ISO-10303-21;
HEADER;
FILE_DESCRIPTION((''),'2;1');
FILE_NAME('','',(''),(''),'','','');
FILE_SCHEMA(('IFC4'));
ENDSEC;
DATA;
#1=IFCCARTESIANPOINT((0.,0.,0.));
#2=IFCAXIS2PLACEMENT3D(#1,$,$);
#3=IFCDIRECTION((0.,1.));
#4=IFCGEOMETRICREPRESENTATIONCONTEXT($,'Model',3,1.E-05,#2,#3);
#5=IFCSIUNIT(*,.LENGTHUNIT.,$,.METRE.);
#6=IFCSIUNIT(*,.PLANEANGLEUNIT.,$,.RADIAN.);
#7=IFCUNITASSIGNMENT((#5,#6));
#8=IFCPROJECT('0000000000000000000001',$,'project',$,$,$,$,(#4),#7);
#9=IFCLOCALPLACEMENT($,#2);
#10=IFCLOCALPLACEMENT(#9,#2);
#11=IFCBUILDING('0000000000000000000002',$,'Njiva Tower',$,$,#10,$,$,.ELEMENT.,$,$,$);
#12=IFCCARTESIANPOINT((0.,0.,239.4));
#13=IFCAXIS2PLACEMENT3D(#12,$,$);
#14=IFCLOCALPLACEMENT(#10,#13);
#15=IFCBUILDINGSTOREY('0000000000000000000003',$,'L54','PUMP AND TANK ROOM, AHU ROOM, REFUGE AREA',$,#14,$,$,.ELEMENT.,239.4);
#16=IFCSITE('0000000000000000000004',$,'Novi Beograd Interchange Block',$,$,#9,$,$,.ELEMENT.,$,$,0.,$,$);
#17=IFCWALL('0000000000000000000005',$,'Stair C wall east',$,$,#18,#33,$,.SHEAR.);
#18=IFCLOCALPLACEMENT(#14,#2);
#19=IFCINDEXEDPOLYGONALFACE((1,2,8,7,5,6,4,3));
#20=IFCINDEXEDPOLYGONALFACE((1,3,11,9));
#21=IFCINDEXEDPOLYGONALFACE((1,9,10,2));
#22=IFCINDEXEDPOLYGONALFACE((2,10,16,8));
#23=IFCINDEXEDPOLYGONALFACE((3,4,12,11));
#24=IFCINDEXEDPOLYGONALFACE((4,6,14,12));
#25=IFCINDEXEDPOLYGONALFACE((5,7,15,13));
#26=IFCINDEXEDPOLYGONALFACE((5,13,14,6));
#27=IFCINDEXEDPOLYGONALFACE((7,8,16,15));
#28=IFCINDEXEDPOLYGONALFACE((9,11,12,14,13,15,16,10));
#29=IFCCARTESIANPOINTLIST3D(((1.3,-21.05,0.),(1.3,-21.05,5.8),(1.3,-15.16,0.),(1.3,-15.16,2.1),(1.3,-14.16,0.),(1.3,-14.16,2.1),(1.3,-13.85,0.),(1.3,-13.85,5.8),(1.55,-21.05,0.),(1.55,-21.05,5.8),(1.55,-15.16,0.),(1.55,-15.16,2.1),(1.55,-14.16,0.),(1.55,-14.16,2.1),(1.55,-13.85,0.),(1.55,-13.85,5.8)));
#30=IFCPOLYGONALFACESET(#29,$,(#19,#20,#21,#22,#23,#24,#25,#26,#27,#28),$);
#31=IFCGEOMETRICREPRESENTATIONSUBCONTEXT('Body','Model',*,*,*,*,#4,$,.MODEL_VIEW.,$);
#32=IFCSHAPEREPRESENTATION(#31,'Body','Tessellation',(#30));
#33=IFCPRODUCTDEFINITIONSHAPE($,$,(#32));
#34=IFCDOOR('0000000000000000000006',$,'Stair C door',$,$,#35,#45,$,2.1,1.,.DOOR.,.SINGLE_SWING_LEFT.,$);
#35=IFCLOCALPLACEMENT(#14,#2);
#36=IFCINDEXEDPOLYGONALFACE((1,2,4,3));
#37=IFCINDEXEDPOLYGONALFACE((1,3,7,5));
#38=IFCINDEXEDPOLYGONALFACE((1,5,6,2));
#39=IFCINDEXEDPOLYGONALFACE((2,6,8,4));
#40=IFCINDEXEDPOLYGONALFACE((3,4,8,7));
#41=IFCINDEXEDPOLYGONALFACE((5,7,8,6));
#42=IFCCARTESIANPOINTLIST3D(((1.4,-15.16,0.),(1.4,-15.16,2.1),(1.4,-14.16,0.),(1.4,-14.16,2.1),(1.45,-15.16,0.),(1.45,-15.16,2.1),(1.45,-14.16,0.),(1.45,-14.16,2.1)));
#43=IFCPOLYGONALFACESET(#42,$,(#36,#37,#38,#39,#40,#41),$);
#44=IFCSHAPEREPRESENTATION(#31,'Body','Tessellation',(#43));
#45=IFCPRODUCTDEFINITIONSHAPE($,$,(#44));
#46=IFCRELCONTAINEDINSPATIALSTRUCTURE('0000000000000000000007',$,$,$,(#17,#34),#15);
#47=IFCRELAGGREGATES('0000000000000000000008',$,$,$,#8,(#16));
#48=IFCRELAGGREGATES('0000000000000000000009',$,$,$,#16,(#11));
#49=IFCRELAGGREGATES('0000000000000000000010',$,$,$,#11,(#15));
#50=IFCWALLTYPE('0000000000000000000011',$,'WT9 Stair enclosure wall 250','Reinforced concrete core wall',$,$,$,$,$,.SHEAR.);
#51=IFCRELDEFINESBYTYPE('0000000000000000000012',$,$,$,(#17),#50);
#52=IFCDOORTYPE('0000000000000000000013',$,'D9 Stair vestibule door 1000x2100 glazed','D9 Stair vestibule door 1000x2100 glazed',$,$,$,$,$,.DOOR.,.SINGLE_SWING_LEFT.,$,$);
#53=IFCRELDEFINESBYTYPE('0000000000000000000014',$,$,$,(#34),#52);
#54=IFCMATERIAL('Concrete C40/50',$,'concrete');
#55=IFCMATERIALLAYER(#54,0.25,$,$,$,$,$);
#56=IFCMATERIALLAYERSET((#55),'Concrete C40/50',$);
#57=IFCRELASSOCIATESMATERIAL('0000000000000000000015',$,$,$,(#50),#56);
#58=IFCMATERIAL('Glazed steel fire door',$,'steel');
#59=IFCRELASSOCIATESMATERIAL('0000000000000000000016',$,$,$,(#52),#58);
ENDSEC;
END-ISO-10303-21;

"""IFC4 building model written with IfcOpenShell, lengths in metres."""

from ifc_helpers import new_model, si_unit, direction, frame, frame_2d, origin, place, context, subcontext, project, spatial, rectangle, extrude, material, layer, layer_set, type_object, element, fill, save


model = new_model("IFC4")

# Units and contexts
model_context = context("Model", 3, precision=1e-05, world=origin(), true_north=direction((0.0, 1.0)))
body_context = subcontext(model_context, "Body", "Model", "MODEL_VIEW")
ifc_project = project(units=[si_unit("LENGTHUNIT", "METRE"), si_unit("PLANEANGLEUNIT", "RADIAN")], contexts=[model_context])

# Site, building, storey
site_placement = place(None, origin())
site = spatial("IfcSite", under=ifc_project, at=site_placement, Name="Novi Beograd Interchange Block", CompositionType="ELEMENT", RefElevation=0.0)
building_placement = place(site_placement, origin())
building = spatial("IfcBuilding", under=site, at=building_placement, Name="Njiva Tower", CompositionType="ELEMENT")
storey_placement = place(building_placement, frame((0.0, 0.0, 239.4)))
storey = spatial("IfcBuildingStorey", under=building, at=storey_placement, Name="L54", Description="PUMP AND TANK ROOM, AHU ROOM, REFUGE AREA", CompositionType="ELEMENT", Elevation=239.4)

# Wall, opening, door
ifc_material_1 = material(Name="Concrete C40/50", Category="concrete")
ifc_layer_1 = layer(ifc_material_1, 0.25)
ifc_layer_set_1 = layer_set([ifc_layer_1], Name="Concrete C40/50")
wall_type_1 = type_object("IfcWallType", Name="WT9 Stair enclosure wall 250", Description="Reinforced concrete core wall", PredefinedType="SHEAR", material=ifc_layer_set_1)
wall_1_placement = place(storey_placement, frame((1.425, -21.05, 0.0), z_axis=(0.0, 0.0, 1.0), x_axis=(0.0, 1.0, 0.0)))
wall_1 = element("IfcWall", 1, at=wall_1_placement, inside=storey, type_object=wall_type_1, Name="Stair C wall east", PredefinedType="SHEAR", context=body_context, shape_type="SweptSolid", body=[
    extrude(rectangle(XDim=7.2, YDim=0.25, at=frame_2d((3.6, 0.0))), origin(), (0.0, 0.0, 1.0), 5.8),
])
opening_placement = place(wall_1_placement, frame((5.89, 0.0, 0.0)))
opening = element("IfcOpeningElement", 2, at=opening_placement, cuts=wall_1, PredefinedType="OPENING", context=body_context, shape_type="SweptSolid", body=[
    extrude(rectangle(XDim=1.0, YDim=2.1, at=frame_2d((0.5, 1.05))), frame((0.0, 0.135, 0.0), z_axis=(0.0, -1.0, 0.0), x_axis=(1.0, 0.0, 0.0)), (0.0, 0.0, 1.0), 0.27),
])
ifc_material_2 = material(Name="Glazed steel fire door", Category="steel")
door_type = type_object("IfcDoorType", Name="D9 Stair vestibule door 1000x2100 glazed", Description="D9 Stair vestibule door 1000x2100 glazed", OperationType="SINGLE_SWING_LEFT", PredefinedType="DOOR", material=ifc_material_2)
door_placement = place(opening_placement, origin())
door = element("IfcDoor", 3, at=door_placement, inside=storey, type_object=door_type, Name="Stair C door", OperationType="SINGLE_SWING_LEFT", OverallHeight=2.1, OverallWidth=1.0, PredefinedType="DOOR", context=body_context, shape_type="SweptSolid", body=[
    extrude(rectangle(XDim=1.0, YDim=2.1, at=frame_2d((0.5, 1.05))), frame((0.0, 0.025, 0.0), z_axis=(0.0, -1.0, 0.0), x_axis=(1.0, 0.0, 0.0)), (0.0, 0.0, 1.0), 0.05),
])
fill(opening, door)

save(model, "model.ifc")
